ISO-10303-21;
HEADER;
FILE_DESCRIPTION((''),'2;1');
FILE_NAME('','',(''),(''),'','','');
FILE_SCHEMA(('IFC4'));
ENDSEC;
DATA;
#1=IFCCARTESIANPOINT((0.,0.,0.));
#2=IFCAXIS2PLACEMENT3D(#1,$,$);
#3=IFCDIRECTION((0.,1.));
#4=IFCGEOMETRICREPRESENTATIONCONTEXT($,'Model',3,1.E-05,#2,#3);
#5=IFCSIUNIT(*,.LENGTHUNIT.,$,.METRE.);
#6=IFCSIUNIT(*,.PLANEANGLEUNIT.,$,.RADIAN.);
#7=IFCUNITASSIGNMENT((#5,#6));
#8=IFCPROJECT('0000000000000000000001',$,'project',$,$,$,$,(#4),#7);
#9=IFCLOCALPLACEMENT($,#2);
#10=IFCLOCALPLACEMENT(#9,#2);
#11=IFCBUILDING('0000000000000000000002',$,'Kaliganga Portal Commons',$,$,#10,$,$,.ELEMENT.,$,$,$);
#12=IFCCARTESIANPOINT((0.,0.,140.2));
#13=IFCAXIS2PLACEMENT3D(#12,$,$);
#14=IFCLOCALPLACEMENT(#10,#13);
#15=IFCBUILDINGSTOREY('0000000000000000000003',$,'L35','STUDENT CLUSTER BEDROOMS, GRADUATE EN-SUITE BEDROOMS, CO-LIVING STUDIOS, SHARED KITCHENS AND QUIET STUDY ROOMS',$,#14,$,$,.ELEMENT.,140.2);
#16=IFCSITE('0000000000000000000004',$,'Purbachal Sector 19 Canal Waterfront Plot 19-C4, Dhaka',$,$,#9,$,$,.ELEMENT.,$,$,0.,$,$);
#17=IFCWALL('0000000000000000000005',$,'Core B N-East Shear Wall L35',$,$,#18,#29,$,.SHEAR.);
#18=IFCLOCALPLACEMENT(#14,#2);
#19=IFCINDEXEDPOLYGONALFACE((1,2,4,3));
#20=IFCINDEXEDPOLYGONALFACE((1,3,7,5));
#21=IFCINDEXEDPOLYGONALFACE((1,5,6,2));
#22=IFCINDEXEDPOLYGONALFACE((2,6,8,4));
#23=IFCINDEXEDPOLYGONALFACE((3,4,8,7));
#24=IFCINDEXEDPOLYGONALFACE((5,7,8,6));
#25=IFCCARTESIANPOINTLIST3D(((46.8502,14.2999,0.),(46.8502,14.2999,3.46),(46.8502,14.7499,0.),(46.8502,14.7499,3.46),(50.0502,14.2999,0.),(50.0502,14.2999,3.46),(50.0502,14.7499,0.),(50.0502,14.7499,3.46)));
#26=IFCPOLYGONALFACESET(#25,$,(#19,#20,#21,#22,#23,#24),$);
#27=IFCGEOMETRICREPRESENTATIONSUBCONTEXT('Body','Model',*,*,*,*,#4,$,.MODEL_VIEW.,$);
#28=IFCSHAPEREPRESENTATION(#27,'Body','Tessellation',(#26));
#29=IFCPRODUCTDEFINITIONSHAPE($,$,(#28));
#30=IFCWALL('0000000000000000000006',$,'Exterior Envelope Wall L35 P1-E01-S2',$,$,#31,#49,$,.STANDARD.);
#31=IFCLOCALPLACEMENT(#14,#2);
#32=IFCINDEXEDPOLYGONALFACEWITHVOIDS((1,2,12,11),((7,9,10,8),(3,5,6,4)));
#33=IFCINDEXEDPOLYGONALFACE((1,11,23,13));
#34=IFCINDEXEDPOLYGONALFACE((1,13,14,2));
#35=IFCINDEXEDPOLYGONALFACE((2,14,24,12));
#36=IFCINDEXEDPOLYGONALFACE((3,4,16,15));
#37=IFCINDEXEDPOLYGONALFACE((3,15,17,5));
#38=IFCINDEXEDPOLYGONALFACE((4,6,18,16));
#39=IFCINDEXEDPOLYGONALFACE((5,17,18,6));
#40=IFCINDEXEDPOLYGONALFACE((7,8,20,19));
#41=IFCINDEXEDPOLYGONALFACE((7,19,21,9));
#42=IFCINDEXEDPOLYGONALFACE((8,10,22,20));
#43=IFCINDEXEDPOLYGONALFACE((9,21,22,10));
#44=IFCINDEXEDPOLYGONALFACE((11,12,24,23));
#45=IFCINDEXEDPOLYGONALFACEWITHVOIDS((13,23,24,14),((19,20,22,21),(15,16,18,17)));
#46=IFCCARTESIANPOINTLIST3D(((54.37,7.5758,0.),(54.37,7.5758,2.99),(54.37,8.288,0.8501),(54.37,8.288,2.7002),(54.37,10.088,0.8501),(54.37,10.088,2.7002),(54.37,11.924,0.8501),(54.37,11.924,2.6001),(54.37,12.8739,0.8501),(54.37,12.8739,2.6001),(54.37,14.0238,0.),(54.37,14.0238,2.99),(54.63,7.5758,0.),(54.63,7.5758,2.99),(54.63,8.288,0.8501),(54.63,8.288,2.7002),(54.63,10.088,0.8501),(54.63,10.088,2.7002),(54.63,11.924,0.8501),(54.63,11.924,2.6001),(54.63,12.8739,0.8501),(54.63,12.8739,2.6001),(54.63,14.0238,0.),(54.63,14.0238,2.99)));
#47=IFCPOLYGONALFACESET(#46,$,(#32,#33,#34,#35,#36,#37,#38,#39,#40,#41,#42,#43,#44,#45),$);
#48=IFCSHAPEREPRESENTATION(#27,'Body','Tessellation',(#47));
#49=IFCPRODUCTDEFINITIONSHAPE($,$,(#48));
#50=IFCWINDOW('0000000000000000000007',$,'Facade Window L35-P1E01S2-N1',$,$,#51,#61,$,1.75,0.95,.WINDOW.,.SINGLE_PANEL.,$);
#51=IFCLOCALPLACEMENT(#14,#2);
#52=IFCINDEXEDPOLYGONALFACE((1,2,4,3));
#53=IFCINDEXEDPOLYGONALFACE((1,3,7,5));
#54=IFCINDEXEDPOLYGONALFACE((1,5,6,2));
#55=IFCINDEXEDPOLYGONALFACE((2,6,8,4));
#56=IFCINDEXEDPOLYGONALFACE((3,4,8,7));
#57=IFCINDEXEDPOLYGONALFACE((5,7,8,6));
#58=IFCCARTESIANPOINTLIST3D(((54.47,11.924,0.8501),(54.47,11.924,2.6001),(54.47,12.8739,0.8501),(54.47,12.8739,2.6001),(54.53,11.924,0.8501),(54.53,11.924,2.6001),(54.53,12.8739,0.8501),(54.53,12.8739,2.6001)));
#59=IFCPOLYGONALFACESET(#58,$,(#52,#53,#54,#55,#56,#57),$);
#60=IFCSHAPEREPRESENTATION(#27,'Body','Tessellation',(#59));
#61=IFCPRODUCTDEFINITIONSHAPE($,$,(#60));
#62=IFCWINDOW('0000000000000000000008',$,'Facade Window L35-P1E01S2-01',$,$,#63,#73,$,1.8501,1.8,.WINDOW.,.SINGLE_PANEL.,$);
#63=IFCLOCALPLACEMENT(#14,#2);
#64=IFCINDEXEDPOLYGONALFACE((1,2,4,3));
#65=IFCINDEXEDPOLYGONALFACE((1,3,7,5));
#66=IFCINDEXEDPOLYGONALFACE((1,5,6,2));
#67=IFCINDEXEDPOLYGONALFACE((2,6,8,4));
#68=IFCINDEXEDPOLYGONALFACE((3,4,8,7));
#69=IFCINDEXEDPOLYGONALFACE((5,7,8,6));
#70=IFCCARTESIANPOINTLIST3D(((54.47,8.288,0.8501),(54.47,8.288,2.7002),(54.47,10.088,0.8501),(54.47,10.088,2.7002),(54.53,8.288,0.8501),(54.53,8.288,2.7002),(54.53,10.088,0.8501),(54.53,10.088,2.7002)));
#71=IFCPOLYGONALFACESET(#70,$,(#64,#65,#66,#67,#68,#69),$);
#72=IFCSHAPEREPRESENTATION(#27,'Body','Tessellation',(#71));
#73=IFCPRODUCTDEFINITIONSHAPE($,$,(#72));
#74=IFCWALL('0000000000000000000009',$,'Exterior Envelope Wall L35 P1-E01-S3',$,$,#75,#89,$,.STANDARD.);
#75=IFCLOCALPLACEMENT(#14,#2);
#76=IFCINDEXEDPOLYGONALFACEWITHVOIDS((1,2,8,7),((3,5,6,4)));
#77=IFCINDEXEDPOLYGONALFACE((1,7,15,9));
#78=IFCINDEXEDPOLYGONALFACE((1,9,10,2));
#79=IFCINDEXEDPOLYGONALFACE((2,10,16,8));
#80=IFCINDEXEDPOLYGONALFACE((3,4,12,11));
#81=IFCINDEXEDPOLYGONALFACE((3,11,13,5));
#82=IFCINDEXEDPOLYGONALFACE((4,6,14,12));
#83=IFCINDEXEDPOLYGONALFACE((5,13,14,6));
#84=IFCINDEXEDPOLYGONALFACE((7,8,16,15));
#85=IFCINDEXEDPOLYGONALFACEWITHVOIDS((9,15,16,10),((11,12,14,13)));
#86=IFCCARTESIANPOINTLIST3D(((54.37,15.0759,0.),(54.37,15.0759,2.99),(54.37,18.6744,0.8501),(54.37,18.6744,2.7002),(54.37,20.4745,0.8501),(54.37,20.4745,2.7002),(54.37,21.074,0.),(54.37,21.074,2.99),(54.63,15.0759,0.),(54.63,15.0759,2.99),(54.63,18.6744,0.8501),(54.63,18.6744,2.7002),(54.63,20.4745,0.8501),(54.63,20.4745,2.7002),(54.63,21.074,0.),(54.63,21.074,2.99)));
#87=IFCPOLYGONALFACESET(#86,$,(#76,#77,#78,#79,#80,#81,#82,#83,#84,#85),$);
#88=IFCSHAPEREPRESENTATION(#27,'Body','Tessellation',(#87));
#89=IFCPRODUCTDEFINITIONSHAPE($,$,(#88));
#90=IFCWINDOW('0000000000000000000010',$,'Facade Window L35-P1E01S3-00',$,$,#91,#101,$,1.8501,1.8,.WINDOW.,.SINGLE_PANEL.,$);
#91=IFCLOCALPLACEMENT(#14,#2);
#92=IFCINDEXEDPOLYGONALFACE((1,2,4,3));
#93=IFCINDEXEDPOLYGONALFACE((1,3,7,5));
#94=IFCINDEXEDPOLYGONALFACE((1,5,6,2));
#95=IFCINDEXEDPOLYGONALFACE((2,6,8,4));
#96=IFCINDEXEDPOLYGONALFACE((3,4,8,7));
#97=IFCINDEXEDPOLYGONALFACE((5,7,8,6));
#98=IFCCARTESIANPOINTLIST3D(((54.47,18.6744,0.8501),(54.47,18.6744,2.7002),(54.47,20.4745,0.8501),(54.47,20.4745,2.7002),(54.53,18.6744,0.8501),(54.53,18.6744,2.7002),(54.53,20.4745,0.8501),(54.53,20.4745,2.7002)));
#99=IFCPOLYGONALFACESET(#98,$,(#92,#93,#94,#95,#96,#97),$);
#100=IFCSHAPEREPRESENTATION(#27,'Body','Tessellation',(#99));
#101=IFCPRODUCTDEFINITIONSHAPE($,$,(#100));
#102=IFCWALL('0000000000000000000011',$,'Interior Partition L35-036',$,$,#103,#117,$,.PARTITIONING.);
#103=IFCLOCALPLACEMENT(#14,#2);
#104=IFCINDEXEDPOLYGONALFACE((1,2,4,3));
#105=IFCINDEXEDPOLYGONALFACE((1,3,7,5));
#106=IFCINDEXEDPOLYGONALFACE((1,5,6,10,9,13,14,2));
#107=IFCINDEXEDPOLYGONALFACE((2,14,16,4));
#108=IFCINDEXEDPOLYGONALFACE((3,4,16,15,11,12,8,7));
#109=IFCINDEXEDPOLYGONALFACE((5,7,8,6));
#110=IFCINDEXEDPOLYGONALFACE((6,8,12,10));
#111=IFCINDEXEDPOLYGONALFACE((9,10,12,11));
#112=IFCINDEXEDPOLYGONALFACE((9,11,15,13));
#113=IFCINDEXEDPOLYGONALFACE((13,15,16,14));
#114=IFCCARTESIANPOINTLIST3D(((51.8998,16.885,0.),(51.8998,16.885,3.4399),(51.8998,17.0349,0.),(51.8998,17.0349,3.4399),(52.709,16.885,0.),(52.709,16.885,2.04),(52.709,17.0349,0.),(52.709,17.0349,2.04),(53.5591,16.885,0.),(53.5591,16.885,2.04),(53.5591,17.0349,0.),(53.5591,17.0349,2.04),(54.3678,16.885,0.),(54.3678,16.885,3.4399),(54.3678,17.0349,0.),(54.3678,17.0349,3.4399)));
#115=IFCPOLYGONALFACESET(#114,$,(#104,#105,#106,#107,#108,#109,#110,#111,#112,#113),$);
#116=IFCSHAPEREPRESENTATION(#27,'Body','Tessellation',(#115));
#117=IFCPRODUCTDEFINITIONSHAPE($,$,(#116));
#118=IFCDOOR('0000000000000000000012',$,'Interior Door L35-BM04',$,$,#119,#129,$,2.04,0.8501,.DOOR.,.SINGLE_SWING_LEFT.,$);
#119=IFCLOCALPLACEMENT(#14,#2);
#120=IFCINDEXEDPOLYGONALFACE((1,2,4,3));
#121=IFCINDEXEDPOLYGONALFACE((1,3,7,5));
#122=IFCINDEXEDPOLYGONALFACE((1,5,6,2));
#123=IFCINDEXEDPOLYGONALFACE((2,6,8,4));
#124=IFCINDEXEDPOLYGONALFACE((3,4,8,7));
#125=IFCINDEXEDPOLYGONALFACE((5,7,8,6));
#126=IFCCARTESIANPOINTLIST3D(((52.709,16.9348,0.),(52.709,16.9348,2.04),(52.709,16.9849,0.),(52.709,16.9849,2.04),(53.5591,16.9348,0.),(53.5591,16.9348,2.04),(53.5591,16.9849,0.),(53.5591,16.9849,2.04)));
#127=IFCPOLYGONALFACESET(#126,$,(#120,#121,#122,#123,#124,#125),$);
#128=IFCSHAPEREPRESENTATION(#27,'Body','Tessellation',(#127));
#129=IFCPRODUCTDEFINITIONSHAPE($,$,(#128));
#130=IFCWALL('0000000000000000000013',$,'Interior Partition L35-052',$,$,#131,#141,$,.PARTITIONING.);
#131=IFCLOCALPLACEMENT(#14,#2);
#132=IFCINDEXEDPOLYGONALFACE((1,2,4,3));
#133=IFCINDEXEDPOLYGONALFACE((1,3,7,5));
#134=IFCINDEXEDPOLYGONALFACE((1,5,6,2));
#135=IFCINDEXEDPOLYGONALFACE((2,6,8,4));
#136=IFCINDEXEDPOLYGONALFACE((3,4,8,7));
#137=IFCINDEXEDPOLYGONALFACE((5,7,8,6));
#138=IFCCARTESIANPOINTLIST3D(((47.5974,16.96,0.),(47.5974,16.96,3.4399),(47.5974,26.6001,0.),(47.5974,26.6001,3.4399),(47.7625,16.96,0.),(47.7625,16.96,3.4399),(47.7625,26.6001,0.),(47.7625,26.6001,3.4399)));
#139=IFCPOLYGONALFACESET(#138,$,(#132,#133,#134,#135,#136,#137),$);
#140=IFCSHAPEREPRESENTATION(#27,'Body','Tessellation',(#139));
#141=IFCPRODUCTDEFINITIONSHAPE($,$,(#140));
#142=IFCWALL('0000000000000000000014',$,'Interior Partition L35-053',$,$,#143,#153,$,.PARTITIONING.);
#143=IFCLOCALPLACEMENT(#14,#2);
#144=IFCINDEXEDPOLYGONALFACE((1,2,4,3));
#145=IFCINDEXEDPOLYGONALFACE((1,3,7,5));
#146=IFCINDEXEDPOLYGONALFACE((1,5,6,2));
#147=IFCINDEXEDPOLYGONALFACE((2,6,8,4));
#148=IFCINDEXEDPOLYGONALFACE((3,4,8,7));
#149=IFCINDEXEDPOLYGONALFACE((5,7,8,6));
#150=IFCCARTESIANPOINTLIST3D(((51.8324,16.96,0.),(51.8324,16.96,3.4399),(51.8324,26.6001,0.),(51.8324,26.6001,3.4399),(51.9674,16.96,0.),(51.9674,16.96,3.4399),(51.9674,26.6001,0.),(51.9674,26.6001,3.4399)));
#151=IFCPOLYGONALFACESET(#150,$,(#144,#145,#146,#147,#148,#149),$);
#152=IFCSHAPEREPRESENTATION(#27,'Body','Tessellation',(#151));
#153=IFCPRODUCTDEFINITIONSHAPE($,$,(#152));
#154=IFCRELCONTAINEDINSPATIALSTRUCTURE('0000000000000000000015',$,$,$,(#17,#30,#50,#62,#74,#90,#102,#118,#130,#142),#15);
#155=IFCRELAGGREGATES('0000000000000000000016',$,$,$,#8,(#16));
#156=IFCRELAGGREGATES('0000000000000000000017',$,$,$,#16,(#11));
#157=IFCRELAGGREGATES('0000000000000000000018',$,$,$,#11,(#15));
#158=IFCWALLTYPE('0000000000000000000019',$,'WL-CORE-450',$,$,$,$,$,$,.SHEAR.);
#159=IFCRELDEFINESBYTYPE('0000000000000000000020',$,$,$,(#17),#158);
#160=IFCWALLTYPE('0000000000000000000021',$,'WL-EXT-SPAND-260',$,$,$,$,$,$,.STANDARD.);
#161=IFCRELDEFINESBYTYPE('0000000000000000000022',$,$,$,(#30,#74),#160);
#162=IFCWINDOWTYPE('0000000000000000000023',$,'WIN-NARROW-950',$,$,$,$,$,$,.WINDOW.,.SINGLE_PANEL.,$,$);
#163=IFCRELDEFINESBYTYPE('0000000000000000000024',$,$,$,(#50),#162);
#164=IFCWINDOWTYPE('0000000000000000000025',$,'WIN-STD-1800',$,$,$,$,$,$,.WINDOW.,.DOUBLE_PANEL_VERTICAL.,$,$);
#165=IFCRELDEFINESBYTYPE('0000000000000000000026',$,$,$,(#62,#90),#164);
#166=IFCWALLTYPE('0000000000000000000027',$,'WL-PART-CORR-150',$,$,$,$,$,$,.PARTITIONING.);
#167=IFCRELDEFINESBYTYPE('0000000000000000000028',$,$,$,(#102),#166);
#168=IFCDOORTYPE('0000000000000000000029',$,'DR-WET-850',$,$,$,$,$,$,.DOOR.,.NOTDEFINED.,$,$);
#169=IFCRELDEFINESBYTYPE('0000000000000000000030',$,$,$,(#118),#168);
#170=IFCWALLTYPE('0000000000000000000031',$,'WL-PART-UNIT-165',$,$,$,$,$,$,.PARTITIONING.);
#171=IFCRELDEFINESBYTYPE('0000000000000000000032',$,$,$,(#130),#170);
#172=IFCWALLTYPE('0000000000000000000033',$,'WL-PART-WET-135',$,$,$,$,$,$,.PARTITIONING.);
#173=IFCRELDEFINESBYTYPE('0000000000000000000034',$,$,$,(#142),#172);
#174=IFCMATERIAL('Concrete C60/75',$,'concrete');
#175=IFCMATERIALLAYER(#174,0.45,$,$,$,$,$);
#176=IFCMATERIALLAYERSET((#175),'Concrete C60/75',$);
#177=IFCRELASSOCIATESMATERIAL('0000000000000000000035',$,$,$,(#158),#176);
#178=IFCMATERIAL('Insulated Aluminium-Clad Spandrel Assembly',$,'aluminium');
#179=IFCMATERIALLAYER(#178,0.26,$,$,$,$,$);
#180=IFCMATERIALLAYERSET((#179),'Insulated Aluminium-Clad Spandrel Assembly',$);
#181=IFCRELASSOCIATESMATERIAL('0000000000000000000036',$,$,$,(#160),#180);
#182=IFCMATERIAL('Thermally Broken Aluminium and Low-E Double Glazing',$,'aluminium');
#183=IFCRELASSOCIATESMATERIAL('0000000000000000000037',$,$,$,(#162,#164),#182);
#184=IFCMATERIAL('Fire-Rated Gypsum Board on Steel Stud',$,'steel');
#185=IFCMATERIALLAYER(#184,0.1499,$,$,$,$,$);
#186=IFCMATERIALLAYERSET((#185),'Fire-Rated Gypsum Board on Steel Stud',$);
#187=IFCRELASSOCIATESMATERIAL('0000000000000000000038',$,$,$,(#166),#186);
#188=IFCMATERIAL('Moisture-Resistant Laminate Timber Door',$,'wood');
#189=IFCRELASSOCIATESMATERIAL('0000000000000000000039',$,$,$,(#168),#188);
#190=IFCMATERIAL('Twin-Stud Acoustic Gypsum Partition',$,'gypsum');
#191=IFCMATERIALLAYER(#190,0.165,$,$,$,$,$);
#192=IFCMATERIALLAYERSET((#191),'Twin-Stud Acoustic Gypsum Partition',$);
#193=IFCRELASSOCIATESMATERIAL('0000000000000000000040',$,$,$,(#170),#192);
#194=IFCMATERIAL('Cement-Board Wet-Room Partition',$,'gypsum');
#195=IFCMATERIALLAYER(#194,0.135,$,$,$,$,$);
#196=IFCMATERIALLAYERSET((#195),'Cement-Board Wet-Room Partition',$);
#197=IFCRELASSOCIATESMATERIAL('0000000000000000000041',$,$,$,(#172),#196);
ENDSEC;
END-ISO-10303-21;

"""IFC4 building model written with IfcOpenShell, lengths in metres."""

from ifc_helpers import new_model, si_unit, direction, frame, frame_2d, origin, place, context, subcontext, project, spatial, rectangle, extrude, material, layer, layer_set, type_object, element, fill, save


model = new_model("IFC4")

# Units and contexts
model_context = context("Model", 3, precision=1e-05, world=origin(), true_north=direction((0.0, 1.0)))
body_context = subcontext(model_context, "Body", "Model", "MODEL_VIEW")
ifc_project = project(units=[si_unit("LENGTHUNIT", "METRE"), si_unit("PLANEANGLEUNIT", "RADIAN")], contexts=[model_context])

# Site, building, storey
site_placement = place(None, origin())
site = spatial("IfcSite", under=ifc_project, at=site_placement, Name="Purbachal Sector 19 Canal Waterfront Plot 19-C4, Dhaka", CompositionType="ELEMENT", RefElevation=0.0)
building_placement = place(site_placement, origin())
building = spatial("IfcBuilding", under=site, at=building_placement, Name="Kaliganga Portal Commons", CompositionType="ELEMENT")
storey_placement = place(building_placement, frame((0.0, 0.0, 140.2)))
storey = spatial("IfcBuildingStorey", under=building, at=storey_placement, Name="L35", Description="STUDENT CLUSTER BEDROOMS, GRADUATE EN-SUITE BEDROOMS, CO-LIVING STUDIOS, SHARED KITCHENS AND QUIET STUDY ROOMS", CompositionType="ELEMENT", Elevation=140.2)

# Shared definitions
ifc_material_1 = material(Name="Concrete C60/75", Category="concrete")

# Wall
ifc_layer_1 = layer(ifc_material_1, 0.45)
ifc_layer_set_1 = layer_set([ifc_layer_1], Name="Concrete C60/75")
wall_type_1 = type_object("IfcWallType", Name="WL-CORE-450", PredefinedType="SHEAR", material=ifc_layer_set_1)
wall_1_placement = place(storey_placement, frame((46.8501, 14.5249, 0.0), z_axis=(0.0, 0.0, 1.0), x_axis=(1.0, 0.0, 0.0)))
element("IfcWall", 1, at=wall_1_placement, inside=storey, type_object=wall_type_1, Name="Core B N-East Shear Wall L35", PredefinedType="SHEAR", context=body_context, shape_type="SweptSolid", body=[
    extrude(rectangle(XDim=3.2, YDim=0.45, at=frame_2d((1.6001, 0.0))), origin(), (0.0, 0.0, 1.0), 3.46),
])

# Wall, openings, windows
ifc_material_2 = material(Name="Insulated Aluminium-Clad Spandrel Assembly", Category="aluminium")
ifc_layer_2 = layer(ifc_material_2, 0.26)
ifc_layer_set_2 = layer_set([ifc_layer_2], Name="Insulated Aluminium-Clad Spandrel Assembly")
wall_type_2 = type_object("IfcWallType", Name="WL-EXT-SPAND-260", PredefinedType="STANDARD", material=ifc_layer_set_2)
wall_2_placement = place(storey_placement, frame((54.5, 14.0239, 0.0), z_axis=(0.0, 0.0, 1.0), x_axis=(0.0, -1.0, 0.0)))
wall_2 = element("IfcWall", 2, at=wall_2_placement, inside=storey, type_object=wall_type_2, Name="Exterior Envelope Wall L35 P1-E01-S2", PredefinedType="STANDARD", context=body_context, shape_type="SweptSolid", body=[
    extrude(rectangle(XDim=6.448, YDim=0.26, at=frame_2d((3.2241, 0.0))), origin(), (0.0, 0.0, 1.0), 2.99),
])
opening_1_placement = place(wall_2_placement, frame((3.936, 0.0, 0.8501)))
opening_1 = element("IfcOpeningElement", 3, at=opening_1_placement, cuts=wall_2, PredefinedType="OPENING", context=body_context, shape_type="SweptSolid", body=[
    extrude(rectangle(XDim=1.8, YDim=1.8501, at=frame_2d((0.8999, 0.925))), frame((0.0, 0.1401, 0.0), z_axis=(0.0, -1.0, 0.0), x_axis=(1.0, 0.0, 0.0)), (0.0, 0.0, 1.0), 0.28),
])
opening_2_placement = place(wall_2_placement, frame((1.1499, 0.0, 0.8501)))
opening_2 = element("IfcOpeningElement", 4, at=opening_2_placement, cuts=wall_2, PredefinedType="OPENING", context=body_context, shape_type="SweptSolid", body=[
    extrude(rectangle(XDim=0.95, YDim=1.75, at=frame_2d((0.4751, 0.875))), frame((0.0, 0.1401, 0.0), z_axis=(0.0, -1.0, 0.0), x_axis=(1.0, 0.0, 0.0)), (0.0, 0.0, 1.0), 0.28),
])
ifc_material_3 = material(Name="Thermally Broken Aluminium and Low-E Double Glazing", Category="aluminium")
window_type_1 = type_object("IfcWindowType", Name="WIN-NARROW-950", PartitioningType="SINGLE_PANEL", PredefinedType="WINDOW", material=ifc_material_3)
window_1_placement = place(opening_2_placement, origin())
window_1 = element("IfcWindow", 5, at=window_1_placement, inside=storey, type_object=window_type_1, Name="Facade Window L35-P1E01S2-N1", OverallHeight=1.75, OverallWidth=0.95, PartitioningType="SINGLE_PANEL", PredefinedType="WINDOW", context=body_context, shape_type="SweptSolid", body=[
    extrude(rectangle(XDim=0.95, YDim=1.75, at=frame_2d((0.4751, 0.875))), frame((0.0, 0.03, 0.0), z_axis=(0.0, -1.0, 0.0), x_axis=(1.0, 0.0, 0.0)), (0.0, 0.0, 1.0), 0.0601),
])
fill(opening_2, window_1)
window_type_2 = type_object("IfcWindowType", Name="WIN-STD-1800", PartitioningType="DOUBLE_PANEL_VERTICAL", PredefinedType="WINDOW", material=ifc_material_3)
window_2_placement = place(opening_1_placement, origin())
window_2 = element("IfcWindow", 6, at=window_2_placement, inside=storey, type_object=window_type_2, Name="Facade Window L35-P1E01S2-01", OverallHeight=1.8501, OverallWidth=1.8, PartitioningType="SINGLE_PANEL", PredefinedType="WINDOW", context=body_context, shape_type="SweptSolid", body=[
    extrude(rectangle(XDim=1.8, YDim=1.8501, at=frame_2d((0.8999, 0.925))), frame((0.0, 0.03, 0.0), z_axis=(0.0, -1.0, 0.0), x_axis=(1.0, 0.0, 0.0)), (0.0, 0.0, 1.0), 0.0601),
])
fill(opening_1, window_2)

# Wall, opening, window
wall_3_placement = place(storey_placement, frame((54.5, 21.074, 0.0), z_axis=(0.0, 0.0, 1.0), x_axis=(0.0, -1.0, 0.0)))
wall_3 = element("IfcWall", 7, at=wall_3_placement, inside=storey, type_object=wall_type_2, Name="Exterior Envelope Wall L35 P1-E01-S3", PredefinedType="STANDARD", context=body_context, shape_type="SweptSolid", body=[
    extrude(rectangle(XDim=5.998, YDim=0.26, at=frame_2d((2.999, 0.0))), origin(), (0.0, 0.0, 1.0), 2.99),
])
opening_3_placement = place(wall_3_placement, frame((0.5996, 0.0, 0.8501)))
opening_3 = element("IfcOpeningElement", 8, at=opening_3_placement, cuts=wall_3, PredefinedType="OPENING", context=body_context, shape_type="SweptSolid", body=[
    extrude(rectangle(XDim=1.8, YDim=1.8501, at=frame_2d((0.8999, 0.925))), frame((0.0, 0.1401, 0.0), z_axis=(0.0, -1.0, 0.0), x_axis=(1.0, 0.0, 0.0)), (0.0, 0.0, 1.0), 0.28),
])
window_3_placement = place(opening_3_placement, origin())
window_3 = element("IfcWindow", 9, at=window_3_placement, inside=storey, type_object=window_type_2, Name="Facade Window L35-P1E01S3-00", OverallHeight=1.8501, OverallWidth=1.8, PartitioningType="SINGLE_PANEL", PredefinedType="WINDOW", context=body_context, shape_type="SweptSolid", body=[
    extrude(rectangle(XDim=1.8, YDim=1.8501, at=frame_2d((0.8999, 0.925))), frame((0.0, 0.03, 0.0), z_axis=(0.0, -1.0, 0.0), x_axis=(1.0, 0.0, 0.0)), (0.0, 0.0, 1.0), 0.0601),
])
fill(opening_3, window_3)

# Wall, opening, door
ifc_material_4 = material(Name="Fire-Rated Gypsum Board on Steel Stud", Category="steel")
ifc_layer_3 = layer(ifc_material_4, 0.1499)
ifc_layer_set_3 = layer_set([ifc_layer_3], Name="Fire-Rated Gypsum Board on Steel Stud")
wall_type_3 = type_object("IfcWallType", Name="WL-PART-CORR-150", PredefinedType="PARTITIONING", material=ifc_layer_set_3)
wall_4_placement = place(storey_placement, frame((51.8999, 16.96, 0.0), z_axis=(0.0, 0.0, 1.0), x_axis=(1.0, 0.0, 0.0)))
wall_4 = element("IfcWall", 10, at=wall_4_placement, inside=storey, type_object=wall_type_3, Name="Interior Partition L35-036", PredefinedType="PARTITIONING", context=body_context, shape_type="SweptSolid", body=[
    extrude(rectangle(XDim=2.468, YDim=0.1499, at=frame_2d((1.2339, 0.0))), origin(), (0.0, 0.0, 1.0), 3.4399),
])
opening_4_placement = place(wall_4_placement, frame((0.8091, 0.0, 0.0)))
opening_4 = element("IfcOpeningElement", 11, at=opening_4_placement, cuts=wall_4, PredefinedType="OPENING", context=body_context, shape_type="SweptSolid", body=[
    extrude(rectangle(XDim=0.8501, YDim=2.04, at=frame_2d((0.425, 1.02))), frame((0.0, 0.085, 0.0), z_axis=(0.0, -1.0, 0.0), x_axis=(1.0, 0.0, 0.0)), (0.0, 0.0, 1.0), 0.1699),
])
ifc_material_5 = material(Name="Moisture-Resistant Laminate Timber Door", Category="wood")
door_type_1 = type_object("IfcDoorType", Name="DR-WET-850", OperationType="NOTDEFINED", PredefinedType="DOOR", material=ifc_material_5)
door_1_placement = place(opening_4_placement, origin())
door_1 = element("IfcDoor", 12, at=door_1_placement, inside=storey, type_object=door_type_1, Name="Interior Door L35-BM04", OperationType="SINGLE_SWING_LEFT", OverallHeight=2.04, OverallWidth=0.8501, PredefinedType="DOOR", context=body_context, shape_type="SweptSolid", body=[
    extrude(rectangle(XDim=0.8501, YDim=2.04, at=frame_2d((0.425, 1.02))), frame((0.0, 0.0249, 0.0), z_axis=(0.0, -1.0, 0.0), x_axis=(1.0, 0.0, 0.0)), (0.0, 0.0, 1.0), 0.05),
])
fill(opening_4, door_1)

# Walls
ifc_material_6 = material(Name="Twin-Stud Acoustic Gypsum Partition", Category="gypsum")
ifc_layer_4 = layer(ifc_material_6, 0.165)
ifc_layer_set_4 = layer_set([ifc_layer_4], Name="Twin-Stud Acoustic Gypsum Partition")
wall_type_4 = type_object("IfcWallType", Name="WL-PART-UNIT-165", PredefinedType="PARTITIONING", material=ifc_layer_set_4)
wall_5_placement = place(storey_placement, frame((47.6799, 16.96, 0.0), z_axis=(0.0, 0.0, 1.0), x_axis=(0.0, 1.0, 0.0)))
element("IfcWall", 13, at=wall_5_placement, inside=storey, type_object=wall_type_4, Name="Interior Partition L35-052", PredefinedType="PARTITIONING", context=body_context, shape_type="SweptSolid", body=[
    extrude(rectangle(XDim=9.6401, YDim=0.165, at=frame_2d((4.8201, 0.0))), origin(), (0.0, 0.0, 1.0), 3.4399),
])
ifc_material_7 = material(Name="Cement-Board Wet-Room Partition", Category="gypsum")
ifc_layer_5 = layer(ifc_material_7, 0.135)
ifc_layer_set_5 = layer_set([ifc_layer_5], Name="Cement-Board Wet-Room Partition")
wall_type_5 = type_object("IfcWallType", Name="WL-PART-WET-135", PredefinedType="PARTITIONING", material=ifc_layer_set_5)
wall_6_placement = place(storey_placement, frame((51.8999, 16.96, 0.0), z_axis=(0.0, 0.0, 1.0), x_axis=(0.0, 1.0, 0.0)))
element("IfcWall", 14, at=wall_6_placement, inside=storey, type_object=wall_type_5, Name="Interior Partition L35-053", PredefinedType="PARTITIONING", context=body_context, shape_type="SweptSolid", body=[
    extrude(rectangle(XDim=9.6401, YDim=0.135, at=frame_2d((4.8201, 0.0))), origin(), (0.0, 0.0, 1.0), 3.4399),
])

save(model, "model.ifc")
